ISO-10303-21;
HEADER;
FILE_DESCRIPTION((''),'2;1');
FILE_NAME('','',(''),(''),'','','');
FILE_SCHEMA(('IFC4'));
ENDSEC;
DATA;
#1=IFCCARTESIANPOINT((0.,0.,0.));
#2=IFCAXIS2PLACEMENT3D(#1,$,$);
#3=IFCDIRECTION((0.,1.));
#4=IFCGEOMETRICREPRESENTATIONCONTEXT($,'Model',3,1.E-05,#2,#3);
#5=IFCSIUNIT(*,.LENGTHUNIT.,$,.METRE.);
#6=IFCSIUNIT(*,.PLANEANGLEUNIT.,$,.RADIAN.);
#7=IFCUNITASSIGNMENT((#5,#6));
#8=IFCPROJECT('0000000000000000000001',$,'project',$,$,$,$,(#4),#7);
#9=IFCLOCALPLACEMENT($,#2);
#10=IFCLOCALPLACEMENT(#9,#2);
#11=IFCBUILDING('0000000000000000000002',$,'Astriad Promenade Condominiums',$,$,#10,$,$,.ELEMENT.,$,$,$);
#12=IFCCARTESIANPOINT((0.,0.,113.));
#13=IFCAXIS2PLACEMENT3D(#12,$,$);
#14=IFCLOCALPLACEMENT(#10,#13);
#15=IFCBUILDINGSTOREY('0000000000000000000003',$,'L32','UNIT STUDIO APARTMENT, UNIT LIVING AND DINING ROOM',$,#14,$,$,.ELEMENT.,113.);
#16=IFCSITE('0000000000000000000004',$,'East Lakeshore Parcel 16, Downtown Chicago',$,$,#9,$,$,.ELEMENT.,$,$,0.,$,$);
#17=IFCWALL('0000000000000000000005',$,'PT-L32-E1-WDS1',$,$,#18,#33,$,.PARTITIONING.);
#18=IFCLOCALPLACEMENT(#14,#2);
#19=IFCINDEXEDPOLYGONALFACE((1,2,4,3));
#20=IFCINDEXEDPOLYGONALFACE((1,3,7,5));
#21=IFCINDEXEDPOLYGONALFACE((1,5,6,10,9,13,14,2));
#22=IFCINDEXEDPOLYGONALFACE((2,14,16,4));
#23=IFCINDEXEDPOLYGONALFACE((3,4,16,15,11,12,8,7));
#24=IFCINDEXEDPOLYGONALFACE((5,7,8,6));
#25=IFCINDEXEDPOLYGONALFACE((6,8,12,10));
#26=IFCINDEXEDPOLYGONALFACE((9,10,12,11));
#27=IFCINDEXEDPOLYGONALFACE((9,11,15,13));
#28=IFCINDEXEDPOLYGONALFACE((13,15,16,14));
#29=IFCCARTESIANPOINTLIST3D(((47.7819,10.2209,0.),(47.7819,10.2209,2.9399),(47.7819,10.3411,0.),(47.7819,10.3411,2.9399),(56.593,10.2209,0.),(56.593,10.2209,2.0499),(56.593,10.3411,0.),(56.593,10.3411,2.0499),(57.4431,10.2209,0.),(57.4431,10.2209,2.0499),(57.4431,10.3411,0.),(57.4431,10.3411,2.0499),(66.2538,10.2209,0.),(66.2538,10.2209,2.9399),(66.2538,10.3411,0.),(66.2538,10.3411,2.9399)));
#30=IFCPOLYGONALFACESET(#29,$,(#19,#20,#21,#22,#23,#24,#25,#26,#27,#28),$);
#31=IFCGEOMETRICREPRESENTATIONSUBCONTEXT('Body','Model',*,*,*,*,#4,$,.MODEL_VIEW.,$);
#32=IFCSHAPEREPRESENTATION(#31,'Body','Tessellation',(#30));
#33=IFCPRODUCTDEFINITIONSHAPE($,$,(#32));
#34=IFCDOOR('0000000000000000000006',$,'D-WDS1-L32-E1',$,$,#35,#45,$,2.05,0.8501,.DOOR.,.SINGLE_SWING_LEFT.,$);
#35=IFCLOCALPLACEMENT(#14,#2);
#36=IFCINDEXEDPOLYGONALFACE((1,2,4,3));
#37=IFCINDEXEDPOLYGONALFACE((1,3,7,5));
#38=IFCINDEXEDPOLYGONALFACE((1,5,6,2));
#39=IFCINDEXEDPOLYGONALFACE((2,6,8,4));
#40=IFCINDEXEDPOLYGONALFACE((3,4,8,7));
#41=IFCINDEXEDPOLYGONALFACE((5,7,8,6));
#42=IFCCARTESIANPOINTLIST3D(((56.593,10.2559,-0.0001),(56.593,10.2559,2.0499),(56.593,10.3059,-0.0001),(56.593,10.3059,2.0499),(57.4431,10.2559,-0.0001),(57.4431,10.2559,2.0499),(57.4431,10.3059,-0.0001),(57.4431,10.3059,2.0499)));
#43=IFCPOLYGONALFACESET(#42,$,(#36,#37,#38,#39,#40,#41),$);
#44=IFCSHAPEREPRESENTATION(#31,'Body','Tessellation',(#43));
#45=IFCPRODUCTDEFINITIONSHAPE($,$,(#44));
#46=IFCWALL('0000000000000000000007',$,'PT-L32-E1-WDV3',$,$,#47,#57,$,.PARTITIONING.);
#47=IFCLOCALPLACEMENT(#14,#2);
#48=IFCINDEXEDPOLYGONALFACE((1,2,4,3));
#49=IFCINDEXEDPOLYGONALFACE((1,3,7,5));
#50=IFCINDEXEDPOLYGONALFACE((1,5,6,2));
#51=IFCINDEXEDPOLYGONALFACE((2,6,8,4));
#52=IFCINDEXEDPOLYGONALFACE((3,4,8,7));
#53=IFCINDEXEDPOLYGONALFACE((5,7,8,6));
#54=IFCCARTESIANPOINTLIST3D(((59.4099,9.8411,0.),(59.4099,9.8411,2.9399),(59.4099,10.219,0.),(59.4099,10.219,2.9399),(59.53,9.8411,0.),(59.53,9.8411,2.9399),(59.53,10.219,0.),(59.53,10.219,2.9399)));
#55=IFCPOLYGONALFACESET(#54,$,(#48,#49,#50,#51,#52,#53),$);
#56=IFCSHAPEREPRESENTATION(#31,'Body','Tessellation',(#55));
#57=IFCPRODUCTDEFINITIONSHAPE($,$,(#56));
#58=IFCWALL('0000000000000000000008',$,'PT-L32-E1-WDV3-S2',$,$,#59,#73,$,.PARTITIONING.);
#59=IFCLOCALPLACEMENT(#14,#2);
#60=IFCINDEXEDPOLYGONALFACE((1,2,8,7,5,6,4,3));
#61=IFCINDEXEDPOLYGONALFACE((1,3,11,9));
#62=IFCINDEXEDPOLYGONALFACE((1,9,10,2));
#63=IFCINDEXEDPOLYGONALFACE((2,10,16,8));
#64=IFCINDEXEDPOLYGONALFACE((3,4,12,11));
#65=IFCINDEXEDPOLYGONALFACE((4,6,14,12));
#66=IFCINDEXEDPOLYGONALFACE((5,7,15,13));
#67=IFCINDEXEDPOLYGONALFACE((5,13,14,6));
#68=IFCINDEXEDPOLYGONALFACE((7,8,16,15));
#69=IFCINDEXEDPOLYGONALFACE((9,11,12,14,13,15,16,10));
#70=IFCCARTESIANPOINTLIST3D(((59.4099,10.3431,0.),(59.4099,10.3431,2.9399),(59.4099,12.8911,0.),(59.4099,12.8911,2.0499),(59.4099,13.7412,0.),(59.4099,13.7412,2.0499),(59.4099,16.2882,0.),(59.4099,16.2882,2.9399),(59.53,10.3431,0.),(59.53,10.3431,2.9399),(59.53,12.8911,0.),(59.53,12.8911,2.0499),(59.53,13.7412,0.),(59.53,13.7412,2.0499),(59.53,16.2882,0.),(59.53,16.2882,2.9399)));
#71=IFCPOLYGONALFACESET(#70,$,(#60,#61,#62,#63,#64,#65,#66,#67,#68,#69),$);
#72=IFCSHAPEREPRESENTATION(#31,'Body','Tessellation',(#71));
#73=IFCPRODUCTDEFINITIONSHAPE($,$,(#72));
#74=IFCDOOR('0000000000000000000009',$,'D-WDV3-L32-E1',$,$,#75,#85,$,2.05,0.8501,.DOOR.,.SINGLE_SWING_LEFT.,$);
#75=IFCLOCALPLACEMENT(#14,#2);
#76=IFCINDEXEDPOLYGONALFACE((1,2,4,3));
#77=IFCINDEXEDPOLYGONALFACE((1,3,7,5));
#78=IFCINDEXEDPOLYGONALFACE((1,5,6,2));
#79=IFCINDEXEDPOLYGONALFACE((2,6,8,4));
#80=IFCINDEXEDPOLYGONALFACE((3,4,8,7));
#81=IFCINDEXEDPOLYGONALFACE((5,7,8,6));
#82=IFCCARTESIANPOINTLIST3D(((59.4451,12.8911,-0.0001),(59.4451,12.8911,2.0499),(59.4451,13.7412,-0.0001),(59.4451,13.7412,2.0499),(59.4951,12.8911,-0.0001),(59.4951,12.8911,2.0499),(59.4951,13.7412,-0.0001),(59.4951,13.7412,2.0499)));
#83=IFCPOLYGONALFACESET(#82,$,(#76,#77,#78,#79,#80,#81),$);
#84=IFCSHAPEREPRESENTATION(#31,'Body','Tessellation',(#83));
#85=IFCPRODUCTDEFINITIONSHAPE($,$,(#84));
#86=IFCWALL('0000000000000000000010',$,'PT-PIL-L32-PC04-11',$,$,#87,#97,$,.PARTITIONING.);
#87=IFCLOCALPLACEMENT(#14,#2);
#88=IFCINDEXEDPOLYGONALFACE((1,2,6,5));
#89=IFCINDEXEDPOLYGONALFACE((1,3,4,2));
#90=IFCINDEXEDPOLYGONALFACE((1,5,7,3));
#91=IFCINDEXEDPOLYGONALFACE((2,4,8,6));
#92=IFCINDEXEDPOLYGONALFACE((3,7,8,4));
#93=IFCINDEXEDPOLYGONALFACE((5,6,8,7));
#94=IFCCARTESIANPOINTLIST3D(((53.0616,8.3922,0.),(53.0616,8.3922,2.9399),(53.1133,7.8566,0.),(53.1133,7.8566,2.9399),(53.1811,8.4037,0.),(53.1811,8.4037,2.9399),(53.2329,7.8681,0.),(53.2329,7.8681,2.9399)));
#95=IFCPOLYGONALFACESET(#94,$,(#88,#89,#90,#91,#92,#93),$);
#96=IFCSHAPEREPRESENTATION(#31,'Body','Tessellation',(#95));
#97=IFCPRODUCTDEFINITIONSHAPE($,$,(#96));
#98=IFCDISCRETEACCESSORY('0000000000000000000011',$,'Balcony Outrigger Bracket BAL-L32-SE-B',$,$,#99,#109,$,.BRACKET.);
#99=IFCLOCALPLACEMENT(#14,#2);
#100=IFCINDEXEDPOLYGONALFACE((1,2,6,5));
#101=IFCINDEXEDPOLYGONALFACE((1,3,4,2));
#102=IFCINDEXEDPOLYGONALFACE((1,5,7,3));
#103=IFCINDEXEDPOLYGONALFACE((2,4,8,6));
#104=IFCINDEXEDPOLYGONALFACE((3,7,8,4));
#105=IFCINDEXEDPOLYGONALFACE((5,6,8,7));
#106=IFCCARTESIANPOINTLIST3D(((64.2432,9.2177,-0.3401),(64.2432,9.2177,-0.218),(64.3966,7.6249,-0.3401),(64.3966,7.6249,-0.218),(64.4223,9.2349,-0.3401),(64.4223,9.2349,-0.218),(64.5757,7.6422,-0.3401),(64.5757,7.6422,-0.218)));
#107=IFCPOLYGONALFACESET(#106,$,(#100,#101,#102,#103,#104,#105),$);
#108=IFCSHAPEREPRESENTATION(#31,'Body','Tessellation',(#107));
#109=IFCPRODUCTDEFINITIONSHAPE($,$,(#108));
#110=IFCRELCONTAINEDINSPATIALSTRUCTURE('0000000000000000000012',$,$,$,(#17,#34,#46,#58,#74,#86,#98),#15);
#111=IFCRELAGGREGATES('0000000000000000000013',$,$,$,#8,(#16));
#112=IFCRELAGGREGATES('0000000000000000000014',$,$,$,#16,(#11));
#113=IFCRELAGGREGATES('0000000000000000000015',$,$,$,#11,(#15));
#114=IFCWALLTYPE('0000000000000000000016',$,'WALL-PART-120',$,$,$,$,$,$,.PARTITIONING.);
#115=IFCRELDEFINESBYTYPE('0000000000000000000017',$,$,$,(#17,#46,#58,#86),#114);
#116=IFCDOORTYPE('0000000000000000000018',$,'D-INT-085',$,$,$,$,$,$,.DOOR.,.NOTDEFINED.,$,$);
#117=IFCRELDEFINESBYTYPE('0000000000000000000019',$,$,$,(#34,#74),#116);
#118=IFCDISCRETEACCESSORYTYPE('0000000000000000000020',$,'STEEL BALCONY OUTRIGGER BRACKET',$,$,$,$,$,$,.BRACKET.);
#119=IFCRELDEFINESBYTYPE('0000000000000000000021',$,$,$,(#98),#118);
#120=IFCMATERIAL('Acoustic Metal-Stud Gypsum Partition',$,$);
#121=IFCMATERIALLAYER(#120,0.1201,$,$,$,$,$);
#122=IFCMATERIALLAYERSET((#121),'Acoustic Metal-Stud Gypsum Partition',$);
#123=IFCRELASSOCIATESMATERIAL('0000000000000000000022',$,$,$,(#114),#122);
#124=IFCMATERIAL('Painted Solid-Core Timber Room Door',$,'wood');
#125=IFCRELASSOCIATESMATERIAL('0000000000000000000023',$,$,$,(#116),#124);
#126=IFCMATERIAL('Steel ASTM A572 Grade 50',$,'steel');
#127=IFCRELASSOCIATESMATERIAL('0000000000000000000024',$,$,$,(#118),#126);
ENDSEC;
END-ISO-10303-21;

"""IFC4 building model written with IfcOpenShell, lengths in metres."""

from ifc_helpers import new_model, si_unit, direction, frame, frame_2d, origin, origin_2d, place, context, subcontext, project, spatial, rectangle, extrude, source, transform, mapped, material, layer, layer_set, type_object, type_shapes, element, fill, save


model = new_model("IFC4")

# Units and contexts
model_context = context("Model", 3, precision=1e-05, world=origin(), true_north=direction((0.0, 1.0)))
body_context = subcontext(model_context, "Body", "Model", "MODEL_VIEW")
ifc_project = project(units=[si_unit("LENGTHUNIT", "METRE"), si_unit("PLANEANGLEUNIT", "RADIAN")], contexts=[model_context])

# Site, building, storey
site_placement = place(None, origin())
site = spatial("IfcSite", under=ifc_project, at=site_placement, Name="East Lakeshore Parcel 16, Downtown Chicago", CompositionType="ELEMENT", RefElevation=0.0)
building_placement = place(site_placement, origin())
building = spatial("IfcBuilding", under=site, at=building_placement, Name="Astriad Promenade Condominiums", CompositionType="ELEMENT")
storey_placement = place(building_placement, frame((0.0, 0.0, 113.0)))
storey = spatial("IfcBuildingStorey", under=building, at=storey_placement, Name="L32", Description="UNIT STUDIO APARTMENT, UNIT LIVING AND DINING ROOM", CompositionType="ELEMENT", Elevation=113.0)

# Shared definitions
ifc_material_1 = material(Name="Acoustic Metal-Stud Gypsum Partition")
ifc_layer_1 = layer(ifc_material_1, 0.1201)
ifc_layer_set_1 = layer_set([ifc_layer_1], Name="Acoustic Metal-Stud Gypsum Partition")
wall_type_1 = type_object("IfcWallType", Name="WALL-PART-120", PredefinedType="PARTITIONING", material=ifc_layer_set_1)
ifc_material_2 = material(Name="Painted Solid-Core Timber Room Door", Category="wood")
door_type_1 = type_object("IfcDoorType", Name="D-INT-085", OperationType="NOTDEFINED", PredefinedType="DOOR", material=ifc_material_2)
shared_shape_1 = source(origin(), body_context, "Body", "SweptSolid", [
    extrude(rectangle(XDim=0.8501, YDim=2.05, at=frame_2d((0.425, 1.0249))), frame((0.0, 0.0249, 0.0), z_axis=(0.0, -1.0, 0.0), x_axis=(1.0, 0.0, 0.0)), (0.0, 0.0, 1.0), 0.05),
])
type_shapes(door_type_1, [shared_shape_1])

# Wall, opening, door
wall_1_placement = place(storey_placement, frame((47.782, 10.281, 0.0), z_axis=(0.0, 0.0, 1.0), x_axis=(1.0, 0.0, 0.0)))
wall_1 = element("IfcWall", 1, at=wall_1_placement, inside=storey, type_object=wall_type_1, Name="PT-L32-E1-WDS1", PredefinedType="PARTITIONING", context=body_context, shape_type="SweptSolid", body=[
    extrude(rectangle(XDim=18.4719, YDim=0.1201, at=frame_2d((9.2358, 0.0))), origin(), (0.0, 0.0, 1.0), 2.9399),
])
opening_1_placement = place(wall_1_placement, frame((8.811, 0.0, 0.0)))
opening_1 = element("IfcOpeningElement", 2, at=opening_1_placement, cuts=wall_1, PredefinedType="OPENING", context=body_context, shape_type="SweptSolid", body=[
    extrude(rectangle(XDim=0.8501, YDim=2.05, at=frame_2d((0.425, 1.0249))), frame((0.0, 0.0701, 0.0), z_axis=(0.0, -1.0, 0.0), x_axis=(1.0, 0.0, 0.0)), (0.0, 0.0, 1.0), 0.1401),
])
door_1_placement = place(opening_1_placement, origin())
door_1 = element("IfcDoor", 3, at=door_1_placement, inside=storey, type_object=door_type_1, Name="D-WDS1-L32-E1", OperationType="SINGLE_SWING_LEFT", OverallHeight=2.05, OverallWidth=0.8501, PredefinedType="DOOR", context=body_context, shape_type="MappedRepresentation", body=[
    mapped(shared_shape_1, transform((0.0, 0.0, 0.0), scale=1.0)),
])
fill(opening_1, door_1)

# Wall
wall_2_placement = place(storey_placement, frame((59.47, 9.8411, 0.0), z_axis=(0.0, 0.0, 1.0), x_axis=(0.0, 1.0, 0.0)))
element("IfcWall", 4, at=wall_2_placement, inside=storey, type_object=wall_type_1, Name="PT-L32-E1-WDV3", PredefinedType="PARTITIONING", context=body_context, shape_type="SweptSolid", body=[
    extrude(rectangle(XDim=0.3779, YDim=0.1201, at=frame_2d((0.189, 0.0))), origin(), (0.0, 0.0, 1.0), 2.9399),
])

# Wall, opening, door
wall_3_placement = place(storey_placement, frame((59.47, 10.343, 0.0), z_axis=(0.0, 0.0, 1.0), x_axis=(0.0, 1.0, 0.0)))
wall_3 = element("IfcWall", 5, at=wall_3_placement, inside=storey, type_object=wall_type_1, Name="PT-L32-E1-WDV3-S2", PredefinedType="PARTITIONING", context=body_context, shape_type="SweptSolid", body=[
    extrude(rectangle(XDim=5.9451, YDim=0.1201, at=frame_2d((2.9727, 0.0))), origin(), (0.0, 0.0, 1.0), 2.9399),
])
opening_2_placement = place(wall_3_placement, frame((2.5481, 0.0, 0.0)))
opening_2 = element("IfcOpeningElement", 6, at=opening_2_placement, cuts=wall_3, PredefinedType="OPENING", context=body_context, shape_type="SweptSolid", body=[
    extrude(rectangle(XDim=0.8501, YDim=2.05, at=frame_2d((0.425, 1.0249))), frame((0.0, 0.0701, 0.0), z_axis=(0.0, -1.0, 0.0), x_axis=(1.0, 0.0, 0.0)), (0.0, 0.0, 1.0), 0.1401),
])
door_2_placement = place(opening_2_placement, origin())
door_2 = element("IfcDoor", 7, at=door_2_placement, inside=storey, type_object=door_type_1, Name="D-WDV3-L32-E1", OperationType="SINGLE_SWING_LEFT", OverallHeight=2.05, OverallWidth=0.8501, PredefinedType="DOOR", context=body_context, shape_type="MappedRepresentation", body=[
    mapped(shared_shape_1, transform((0.0, 0.0, 0.0), scale=1.0)),
])
fill(opening_2, door_2)

# Wall
wall_4_placement = place(storey_placement, frame((53.1213, 8.3979, 0.0), z_axis=(0.0, 0.0, 1.0), x_axis=(0.096179, -0.995364, 0.0)))
element("IfcWall", 8, at=wall_4_placement, inside=storey, type_object=wall_type_1, Name="PT-PIL-L32-PC04-11", PredefinedType="PARTITIONING", context=body_context, shape_type="SweptSolid", body=[
    extrude(rectangle(XDim=0.5381, YDim=0.1201, at=frame_2d((0.269, 0.0))), origin(), (0.0, 0.0, 1.0), 2.9399),
])

# Discrete accessory
ifc_material_3 = material(Name="Steel ASTM A572 Grade 50", Category="steel")
discrete_accessory_type = type_object("IfcDiscreteAccessoryType", Name="STEEL BALCONY OUTRIGGER BRACKET", PredefinedType="BRACKET", material=ifc_material_3)
shared_shape_2 = source(origin(), body_context, "Body", "SweptSolid", [
    extrude(rectangle(XDim=1.6001, YDim=0.1799, at=origin_2d()), origin(), (0.0, 0.0, 1.0), 0.1221),
])
type_shapes(discrete_accessory_type, [shared_shape_2])
discrete_accessory_placement = place(storey_placement, frame((64.4094, 8.4299, -0.3401), z_axis=(0.0, 0.0, 1.0), x_axis=(0.095846, -0.995396, 0.0)))
element("IfcDiscreteAccessory", 9, at=discrete_accessory_placement, inside=storey, type_object=discrete_accessory_type, Name="Balcony Outrigger Bracket BAL-L32-SE-B", PredefinedType="BRACKET", context=body_context, shape_type="MappedRepresentation", body=[
    mapped(shared_shape_2, transform((0.0, 0.0, 0.0), scale=1.0)),
])

save(model, "model.ifc")
